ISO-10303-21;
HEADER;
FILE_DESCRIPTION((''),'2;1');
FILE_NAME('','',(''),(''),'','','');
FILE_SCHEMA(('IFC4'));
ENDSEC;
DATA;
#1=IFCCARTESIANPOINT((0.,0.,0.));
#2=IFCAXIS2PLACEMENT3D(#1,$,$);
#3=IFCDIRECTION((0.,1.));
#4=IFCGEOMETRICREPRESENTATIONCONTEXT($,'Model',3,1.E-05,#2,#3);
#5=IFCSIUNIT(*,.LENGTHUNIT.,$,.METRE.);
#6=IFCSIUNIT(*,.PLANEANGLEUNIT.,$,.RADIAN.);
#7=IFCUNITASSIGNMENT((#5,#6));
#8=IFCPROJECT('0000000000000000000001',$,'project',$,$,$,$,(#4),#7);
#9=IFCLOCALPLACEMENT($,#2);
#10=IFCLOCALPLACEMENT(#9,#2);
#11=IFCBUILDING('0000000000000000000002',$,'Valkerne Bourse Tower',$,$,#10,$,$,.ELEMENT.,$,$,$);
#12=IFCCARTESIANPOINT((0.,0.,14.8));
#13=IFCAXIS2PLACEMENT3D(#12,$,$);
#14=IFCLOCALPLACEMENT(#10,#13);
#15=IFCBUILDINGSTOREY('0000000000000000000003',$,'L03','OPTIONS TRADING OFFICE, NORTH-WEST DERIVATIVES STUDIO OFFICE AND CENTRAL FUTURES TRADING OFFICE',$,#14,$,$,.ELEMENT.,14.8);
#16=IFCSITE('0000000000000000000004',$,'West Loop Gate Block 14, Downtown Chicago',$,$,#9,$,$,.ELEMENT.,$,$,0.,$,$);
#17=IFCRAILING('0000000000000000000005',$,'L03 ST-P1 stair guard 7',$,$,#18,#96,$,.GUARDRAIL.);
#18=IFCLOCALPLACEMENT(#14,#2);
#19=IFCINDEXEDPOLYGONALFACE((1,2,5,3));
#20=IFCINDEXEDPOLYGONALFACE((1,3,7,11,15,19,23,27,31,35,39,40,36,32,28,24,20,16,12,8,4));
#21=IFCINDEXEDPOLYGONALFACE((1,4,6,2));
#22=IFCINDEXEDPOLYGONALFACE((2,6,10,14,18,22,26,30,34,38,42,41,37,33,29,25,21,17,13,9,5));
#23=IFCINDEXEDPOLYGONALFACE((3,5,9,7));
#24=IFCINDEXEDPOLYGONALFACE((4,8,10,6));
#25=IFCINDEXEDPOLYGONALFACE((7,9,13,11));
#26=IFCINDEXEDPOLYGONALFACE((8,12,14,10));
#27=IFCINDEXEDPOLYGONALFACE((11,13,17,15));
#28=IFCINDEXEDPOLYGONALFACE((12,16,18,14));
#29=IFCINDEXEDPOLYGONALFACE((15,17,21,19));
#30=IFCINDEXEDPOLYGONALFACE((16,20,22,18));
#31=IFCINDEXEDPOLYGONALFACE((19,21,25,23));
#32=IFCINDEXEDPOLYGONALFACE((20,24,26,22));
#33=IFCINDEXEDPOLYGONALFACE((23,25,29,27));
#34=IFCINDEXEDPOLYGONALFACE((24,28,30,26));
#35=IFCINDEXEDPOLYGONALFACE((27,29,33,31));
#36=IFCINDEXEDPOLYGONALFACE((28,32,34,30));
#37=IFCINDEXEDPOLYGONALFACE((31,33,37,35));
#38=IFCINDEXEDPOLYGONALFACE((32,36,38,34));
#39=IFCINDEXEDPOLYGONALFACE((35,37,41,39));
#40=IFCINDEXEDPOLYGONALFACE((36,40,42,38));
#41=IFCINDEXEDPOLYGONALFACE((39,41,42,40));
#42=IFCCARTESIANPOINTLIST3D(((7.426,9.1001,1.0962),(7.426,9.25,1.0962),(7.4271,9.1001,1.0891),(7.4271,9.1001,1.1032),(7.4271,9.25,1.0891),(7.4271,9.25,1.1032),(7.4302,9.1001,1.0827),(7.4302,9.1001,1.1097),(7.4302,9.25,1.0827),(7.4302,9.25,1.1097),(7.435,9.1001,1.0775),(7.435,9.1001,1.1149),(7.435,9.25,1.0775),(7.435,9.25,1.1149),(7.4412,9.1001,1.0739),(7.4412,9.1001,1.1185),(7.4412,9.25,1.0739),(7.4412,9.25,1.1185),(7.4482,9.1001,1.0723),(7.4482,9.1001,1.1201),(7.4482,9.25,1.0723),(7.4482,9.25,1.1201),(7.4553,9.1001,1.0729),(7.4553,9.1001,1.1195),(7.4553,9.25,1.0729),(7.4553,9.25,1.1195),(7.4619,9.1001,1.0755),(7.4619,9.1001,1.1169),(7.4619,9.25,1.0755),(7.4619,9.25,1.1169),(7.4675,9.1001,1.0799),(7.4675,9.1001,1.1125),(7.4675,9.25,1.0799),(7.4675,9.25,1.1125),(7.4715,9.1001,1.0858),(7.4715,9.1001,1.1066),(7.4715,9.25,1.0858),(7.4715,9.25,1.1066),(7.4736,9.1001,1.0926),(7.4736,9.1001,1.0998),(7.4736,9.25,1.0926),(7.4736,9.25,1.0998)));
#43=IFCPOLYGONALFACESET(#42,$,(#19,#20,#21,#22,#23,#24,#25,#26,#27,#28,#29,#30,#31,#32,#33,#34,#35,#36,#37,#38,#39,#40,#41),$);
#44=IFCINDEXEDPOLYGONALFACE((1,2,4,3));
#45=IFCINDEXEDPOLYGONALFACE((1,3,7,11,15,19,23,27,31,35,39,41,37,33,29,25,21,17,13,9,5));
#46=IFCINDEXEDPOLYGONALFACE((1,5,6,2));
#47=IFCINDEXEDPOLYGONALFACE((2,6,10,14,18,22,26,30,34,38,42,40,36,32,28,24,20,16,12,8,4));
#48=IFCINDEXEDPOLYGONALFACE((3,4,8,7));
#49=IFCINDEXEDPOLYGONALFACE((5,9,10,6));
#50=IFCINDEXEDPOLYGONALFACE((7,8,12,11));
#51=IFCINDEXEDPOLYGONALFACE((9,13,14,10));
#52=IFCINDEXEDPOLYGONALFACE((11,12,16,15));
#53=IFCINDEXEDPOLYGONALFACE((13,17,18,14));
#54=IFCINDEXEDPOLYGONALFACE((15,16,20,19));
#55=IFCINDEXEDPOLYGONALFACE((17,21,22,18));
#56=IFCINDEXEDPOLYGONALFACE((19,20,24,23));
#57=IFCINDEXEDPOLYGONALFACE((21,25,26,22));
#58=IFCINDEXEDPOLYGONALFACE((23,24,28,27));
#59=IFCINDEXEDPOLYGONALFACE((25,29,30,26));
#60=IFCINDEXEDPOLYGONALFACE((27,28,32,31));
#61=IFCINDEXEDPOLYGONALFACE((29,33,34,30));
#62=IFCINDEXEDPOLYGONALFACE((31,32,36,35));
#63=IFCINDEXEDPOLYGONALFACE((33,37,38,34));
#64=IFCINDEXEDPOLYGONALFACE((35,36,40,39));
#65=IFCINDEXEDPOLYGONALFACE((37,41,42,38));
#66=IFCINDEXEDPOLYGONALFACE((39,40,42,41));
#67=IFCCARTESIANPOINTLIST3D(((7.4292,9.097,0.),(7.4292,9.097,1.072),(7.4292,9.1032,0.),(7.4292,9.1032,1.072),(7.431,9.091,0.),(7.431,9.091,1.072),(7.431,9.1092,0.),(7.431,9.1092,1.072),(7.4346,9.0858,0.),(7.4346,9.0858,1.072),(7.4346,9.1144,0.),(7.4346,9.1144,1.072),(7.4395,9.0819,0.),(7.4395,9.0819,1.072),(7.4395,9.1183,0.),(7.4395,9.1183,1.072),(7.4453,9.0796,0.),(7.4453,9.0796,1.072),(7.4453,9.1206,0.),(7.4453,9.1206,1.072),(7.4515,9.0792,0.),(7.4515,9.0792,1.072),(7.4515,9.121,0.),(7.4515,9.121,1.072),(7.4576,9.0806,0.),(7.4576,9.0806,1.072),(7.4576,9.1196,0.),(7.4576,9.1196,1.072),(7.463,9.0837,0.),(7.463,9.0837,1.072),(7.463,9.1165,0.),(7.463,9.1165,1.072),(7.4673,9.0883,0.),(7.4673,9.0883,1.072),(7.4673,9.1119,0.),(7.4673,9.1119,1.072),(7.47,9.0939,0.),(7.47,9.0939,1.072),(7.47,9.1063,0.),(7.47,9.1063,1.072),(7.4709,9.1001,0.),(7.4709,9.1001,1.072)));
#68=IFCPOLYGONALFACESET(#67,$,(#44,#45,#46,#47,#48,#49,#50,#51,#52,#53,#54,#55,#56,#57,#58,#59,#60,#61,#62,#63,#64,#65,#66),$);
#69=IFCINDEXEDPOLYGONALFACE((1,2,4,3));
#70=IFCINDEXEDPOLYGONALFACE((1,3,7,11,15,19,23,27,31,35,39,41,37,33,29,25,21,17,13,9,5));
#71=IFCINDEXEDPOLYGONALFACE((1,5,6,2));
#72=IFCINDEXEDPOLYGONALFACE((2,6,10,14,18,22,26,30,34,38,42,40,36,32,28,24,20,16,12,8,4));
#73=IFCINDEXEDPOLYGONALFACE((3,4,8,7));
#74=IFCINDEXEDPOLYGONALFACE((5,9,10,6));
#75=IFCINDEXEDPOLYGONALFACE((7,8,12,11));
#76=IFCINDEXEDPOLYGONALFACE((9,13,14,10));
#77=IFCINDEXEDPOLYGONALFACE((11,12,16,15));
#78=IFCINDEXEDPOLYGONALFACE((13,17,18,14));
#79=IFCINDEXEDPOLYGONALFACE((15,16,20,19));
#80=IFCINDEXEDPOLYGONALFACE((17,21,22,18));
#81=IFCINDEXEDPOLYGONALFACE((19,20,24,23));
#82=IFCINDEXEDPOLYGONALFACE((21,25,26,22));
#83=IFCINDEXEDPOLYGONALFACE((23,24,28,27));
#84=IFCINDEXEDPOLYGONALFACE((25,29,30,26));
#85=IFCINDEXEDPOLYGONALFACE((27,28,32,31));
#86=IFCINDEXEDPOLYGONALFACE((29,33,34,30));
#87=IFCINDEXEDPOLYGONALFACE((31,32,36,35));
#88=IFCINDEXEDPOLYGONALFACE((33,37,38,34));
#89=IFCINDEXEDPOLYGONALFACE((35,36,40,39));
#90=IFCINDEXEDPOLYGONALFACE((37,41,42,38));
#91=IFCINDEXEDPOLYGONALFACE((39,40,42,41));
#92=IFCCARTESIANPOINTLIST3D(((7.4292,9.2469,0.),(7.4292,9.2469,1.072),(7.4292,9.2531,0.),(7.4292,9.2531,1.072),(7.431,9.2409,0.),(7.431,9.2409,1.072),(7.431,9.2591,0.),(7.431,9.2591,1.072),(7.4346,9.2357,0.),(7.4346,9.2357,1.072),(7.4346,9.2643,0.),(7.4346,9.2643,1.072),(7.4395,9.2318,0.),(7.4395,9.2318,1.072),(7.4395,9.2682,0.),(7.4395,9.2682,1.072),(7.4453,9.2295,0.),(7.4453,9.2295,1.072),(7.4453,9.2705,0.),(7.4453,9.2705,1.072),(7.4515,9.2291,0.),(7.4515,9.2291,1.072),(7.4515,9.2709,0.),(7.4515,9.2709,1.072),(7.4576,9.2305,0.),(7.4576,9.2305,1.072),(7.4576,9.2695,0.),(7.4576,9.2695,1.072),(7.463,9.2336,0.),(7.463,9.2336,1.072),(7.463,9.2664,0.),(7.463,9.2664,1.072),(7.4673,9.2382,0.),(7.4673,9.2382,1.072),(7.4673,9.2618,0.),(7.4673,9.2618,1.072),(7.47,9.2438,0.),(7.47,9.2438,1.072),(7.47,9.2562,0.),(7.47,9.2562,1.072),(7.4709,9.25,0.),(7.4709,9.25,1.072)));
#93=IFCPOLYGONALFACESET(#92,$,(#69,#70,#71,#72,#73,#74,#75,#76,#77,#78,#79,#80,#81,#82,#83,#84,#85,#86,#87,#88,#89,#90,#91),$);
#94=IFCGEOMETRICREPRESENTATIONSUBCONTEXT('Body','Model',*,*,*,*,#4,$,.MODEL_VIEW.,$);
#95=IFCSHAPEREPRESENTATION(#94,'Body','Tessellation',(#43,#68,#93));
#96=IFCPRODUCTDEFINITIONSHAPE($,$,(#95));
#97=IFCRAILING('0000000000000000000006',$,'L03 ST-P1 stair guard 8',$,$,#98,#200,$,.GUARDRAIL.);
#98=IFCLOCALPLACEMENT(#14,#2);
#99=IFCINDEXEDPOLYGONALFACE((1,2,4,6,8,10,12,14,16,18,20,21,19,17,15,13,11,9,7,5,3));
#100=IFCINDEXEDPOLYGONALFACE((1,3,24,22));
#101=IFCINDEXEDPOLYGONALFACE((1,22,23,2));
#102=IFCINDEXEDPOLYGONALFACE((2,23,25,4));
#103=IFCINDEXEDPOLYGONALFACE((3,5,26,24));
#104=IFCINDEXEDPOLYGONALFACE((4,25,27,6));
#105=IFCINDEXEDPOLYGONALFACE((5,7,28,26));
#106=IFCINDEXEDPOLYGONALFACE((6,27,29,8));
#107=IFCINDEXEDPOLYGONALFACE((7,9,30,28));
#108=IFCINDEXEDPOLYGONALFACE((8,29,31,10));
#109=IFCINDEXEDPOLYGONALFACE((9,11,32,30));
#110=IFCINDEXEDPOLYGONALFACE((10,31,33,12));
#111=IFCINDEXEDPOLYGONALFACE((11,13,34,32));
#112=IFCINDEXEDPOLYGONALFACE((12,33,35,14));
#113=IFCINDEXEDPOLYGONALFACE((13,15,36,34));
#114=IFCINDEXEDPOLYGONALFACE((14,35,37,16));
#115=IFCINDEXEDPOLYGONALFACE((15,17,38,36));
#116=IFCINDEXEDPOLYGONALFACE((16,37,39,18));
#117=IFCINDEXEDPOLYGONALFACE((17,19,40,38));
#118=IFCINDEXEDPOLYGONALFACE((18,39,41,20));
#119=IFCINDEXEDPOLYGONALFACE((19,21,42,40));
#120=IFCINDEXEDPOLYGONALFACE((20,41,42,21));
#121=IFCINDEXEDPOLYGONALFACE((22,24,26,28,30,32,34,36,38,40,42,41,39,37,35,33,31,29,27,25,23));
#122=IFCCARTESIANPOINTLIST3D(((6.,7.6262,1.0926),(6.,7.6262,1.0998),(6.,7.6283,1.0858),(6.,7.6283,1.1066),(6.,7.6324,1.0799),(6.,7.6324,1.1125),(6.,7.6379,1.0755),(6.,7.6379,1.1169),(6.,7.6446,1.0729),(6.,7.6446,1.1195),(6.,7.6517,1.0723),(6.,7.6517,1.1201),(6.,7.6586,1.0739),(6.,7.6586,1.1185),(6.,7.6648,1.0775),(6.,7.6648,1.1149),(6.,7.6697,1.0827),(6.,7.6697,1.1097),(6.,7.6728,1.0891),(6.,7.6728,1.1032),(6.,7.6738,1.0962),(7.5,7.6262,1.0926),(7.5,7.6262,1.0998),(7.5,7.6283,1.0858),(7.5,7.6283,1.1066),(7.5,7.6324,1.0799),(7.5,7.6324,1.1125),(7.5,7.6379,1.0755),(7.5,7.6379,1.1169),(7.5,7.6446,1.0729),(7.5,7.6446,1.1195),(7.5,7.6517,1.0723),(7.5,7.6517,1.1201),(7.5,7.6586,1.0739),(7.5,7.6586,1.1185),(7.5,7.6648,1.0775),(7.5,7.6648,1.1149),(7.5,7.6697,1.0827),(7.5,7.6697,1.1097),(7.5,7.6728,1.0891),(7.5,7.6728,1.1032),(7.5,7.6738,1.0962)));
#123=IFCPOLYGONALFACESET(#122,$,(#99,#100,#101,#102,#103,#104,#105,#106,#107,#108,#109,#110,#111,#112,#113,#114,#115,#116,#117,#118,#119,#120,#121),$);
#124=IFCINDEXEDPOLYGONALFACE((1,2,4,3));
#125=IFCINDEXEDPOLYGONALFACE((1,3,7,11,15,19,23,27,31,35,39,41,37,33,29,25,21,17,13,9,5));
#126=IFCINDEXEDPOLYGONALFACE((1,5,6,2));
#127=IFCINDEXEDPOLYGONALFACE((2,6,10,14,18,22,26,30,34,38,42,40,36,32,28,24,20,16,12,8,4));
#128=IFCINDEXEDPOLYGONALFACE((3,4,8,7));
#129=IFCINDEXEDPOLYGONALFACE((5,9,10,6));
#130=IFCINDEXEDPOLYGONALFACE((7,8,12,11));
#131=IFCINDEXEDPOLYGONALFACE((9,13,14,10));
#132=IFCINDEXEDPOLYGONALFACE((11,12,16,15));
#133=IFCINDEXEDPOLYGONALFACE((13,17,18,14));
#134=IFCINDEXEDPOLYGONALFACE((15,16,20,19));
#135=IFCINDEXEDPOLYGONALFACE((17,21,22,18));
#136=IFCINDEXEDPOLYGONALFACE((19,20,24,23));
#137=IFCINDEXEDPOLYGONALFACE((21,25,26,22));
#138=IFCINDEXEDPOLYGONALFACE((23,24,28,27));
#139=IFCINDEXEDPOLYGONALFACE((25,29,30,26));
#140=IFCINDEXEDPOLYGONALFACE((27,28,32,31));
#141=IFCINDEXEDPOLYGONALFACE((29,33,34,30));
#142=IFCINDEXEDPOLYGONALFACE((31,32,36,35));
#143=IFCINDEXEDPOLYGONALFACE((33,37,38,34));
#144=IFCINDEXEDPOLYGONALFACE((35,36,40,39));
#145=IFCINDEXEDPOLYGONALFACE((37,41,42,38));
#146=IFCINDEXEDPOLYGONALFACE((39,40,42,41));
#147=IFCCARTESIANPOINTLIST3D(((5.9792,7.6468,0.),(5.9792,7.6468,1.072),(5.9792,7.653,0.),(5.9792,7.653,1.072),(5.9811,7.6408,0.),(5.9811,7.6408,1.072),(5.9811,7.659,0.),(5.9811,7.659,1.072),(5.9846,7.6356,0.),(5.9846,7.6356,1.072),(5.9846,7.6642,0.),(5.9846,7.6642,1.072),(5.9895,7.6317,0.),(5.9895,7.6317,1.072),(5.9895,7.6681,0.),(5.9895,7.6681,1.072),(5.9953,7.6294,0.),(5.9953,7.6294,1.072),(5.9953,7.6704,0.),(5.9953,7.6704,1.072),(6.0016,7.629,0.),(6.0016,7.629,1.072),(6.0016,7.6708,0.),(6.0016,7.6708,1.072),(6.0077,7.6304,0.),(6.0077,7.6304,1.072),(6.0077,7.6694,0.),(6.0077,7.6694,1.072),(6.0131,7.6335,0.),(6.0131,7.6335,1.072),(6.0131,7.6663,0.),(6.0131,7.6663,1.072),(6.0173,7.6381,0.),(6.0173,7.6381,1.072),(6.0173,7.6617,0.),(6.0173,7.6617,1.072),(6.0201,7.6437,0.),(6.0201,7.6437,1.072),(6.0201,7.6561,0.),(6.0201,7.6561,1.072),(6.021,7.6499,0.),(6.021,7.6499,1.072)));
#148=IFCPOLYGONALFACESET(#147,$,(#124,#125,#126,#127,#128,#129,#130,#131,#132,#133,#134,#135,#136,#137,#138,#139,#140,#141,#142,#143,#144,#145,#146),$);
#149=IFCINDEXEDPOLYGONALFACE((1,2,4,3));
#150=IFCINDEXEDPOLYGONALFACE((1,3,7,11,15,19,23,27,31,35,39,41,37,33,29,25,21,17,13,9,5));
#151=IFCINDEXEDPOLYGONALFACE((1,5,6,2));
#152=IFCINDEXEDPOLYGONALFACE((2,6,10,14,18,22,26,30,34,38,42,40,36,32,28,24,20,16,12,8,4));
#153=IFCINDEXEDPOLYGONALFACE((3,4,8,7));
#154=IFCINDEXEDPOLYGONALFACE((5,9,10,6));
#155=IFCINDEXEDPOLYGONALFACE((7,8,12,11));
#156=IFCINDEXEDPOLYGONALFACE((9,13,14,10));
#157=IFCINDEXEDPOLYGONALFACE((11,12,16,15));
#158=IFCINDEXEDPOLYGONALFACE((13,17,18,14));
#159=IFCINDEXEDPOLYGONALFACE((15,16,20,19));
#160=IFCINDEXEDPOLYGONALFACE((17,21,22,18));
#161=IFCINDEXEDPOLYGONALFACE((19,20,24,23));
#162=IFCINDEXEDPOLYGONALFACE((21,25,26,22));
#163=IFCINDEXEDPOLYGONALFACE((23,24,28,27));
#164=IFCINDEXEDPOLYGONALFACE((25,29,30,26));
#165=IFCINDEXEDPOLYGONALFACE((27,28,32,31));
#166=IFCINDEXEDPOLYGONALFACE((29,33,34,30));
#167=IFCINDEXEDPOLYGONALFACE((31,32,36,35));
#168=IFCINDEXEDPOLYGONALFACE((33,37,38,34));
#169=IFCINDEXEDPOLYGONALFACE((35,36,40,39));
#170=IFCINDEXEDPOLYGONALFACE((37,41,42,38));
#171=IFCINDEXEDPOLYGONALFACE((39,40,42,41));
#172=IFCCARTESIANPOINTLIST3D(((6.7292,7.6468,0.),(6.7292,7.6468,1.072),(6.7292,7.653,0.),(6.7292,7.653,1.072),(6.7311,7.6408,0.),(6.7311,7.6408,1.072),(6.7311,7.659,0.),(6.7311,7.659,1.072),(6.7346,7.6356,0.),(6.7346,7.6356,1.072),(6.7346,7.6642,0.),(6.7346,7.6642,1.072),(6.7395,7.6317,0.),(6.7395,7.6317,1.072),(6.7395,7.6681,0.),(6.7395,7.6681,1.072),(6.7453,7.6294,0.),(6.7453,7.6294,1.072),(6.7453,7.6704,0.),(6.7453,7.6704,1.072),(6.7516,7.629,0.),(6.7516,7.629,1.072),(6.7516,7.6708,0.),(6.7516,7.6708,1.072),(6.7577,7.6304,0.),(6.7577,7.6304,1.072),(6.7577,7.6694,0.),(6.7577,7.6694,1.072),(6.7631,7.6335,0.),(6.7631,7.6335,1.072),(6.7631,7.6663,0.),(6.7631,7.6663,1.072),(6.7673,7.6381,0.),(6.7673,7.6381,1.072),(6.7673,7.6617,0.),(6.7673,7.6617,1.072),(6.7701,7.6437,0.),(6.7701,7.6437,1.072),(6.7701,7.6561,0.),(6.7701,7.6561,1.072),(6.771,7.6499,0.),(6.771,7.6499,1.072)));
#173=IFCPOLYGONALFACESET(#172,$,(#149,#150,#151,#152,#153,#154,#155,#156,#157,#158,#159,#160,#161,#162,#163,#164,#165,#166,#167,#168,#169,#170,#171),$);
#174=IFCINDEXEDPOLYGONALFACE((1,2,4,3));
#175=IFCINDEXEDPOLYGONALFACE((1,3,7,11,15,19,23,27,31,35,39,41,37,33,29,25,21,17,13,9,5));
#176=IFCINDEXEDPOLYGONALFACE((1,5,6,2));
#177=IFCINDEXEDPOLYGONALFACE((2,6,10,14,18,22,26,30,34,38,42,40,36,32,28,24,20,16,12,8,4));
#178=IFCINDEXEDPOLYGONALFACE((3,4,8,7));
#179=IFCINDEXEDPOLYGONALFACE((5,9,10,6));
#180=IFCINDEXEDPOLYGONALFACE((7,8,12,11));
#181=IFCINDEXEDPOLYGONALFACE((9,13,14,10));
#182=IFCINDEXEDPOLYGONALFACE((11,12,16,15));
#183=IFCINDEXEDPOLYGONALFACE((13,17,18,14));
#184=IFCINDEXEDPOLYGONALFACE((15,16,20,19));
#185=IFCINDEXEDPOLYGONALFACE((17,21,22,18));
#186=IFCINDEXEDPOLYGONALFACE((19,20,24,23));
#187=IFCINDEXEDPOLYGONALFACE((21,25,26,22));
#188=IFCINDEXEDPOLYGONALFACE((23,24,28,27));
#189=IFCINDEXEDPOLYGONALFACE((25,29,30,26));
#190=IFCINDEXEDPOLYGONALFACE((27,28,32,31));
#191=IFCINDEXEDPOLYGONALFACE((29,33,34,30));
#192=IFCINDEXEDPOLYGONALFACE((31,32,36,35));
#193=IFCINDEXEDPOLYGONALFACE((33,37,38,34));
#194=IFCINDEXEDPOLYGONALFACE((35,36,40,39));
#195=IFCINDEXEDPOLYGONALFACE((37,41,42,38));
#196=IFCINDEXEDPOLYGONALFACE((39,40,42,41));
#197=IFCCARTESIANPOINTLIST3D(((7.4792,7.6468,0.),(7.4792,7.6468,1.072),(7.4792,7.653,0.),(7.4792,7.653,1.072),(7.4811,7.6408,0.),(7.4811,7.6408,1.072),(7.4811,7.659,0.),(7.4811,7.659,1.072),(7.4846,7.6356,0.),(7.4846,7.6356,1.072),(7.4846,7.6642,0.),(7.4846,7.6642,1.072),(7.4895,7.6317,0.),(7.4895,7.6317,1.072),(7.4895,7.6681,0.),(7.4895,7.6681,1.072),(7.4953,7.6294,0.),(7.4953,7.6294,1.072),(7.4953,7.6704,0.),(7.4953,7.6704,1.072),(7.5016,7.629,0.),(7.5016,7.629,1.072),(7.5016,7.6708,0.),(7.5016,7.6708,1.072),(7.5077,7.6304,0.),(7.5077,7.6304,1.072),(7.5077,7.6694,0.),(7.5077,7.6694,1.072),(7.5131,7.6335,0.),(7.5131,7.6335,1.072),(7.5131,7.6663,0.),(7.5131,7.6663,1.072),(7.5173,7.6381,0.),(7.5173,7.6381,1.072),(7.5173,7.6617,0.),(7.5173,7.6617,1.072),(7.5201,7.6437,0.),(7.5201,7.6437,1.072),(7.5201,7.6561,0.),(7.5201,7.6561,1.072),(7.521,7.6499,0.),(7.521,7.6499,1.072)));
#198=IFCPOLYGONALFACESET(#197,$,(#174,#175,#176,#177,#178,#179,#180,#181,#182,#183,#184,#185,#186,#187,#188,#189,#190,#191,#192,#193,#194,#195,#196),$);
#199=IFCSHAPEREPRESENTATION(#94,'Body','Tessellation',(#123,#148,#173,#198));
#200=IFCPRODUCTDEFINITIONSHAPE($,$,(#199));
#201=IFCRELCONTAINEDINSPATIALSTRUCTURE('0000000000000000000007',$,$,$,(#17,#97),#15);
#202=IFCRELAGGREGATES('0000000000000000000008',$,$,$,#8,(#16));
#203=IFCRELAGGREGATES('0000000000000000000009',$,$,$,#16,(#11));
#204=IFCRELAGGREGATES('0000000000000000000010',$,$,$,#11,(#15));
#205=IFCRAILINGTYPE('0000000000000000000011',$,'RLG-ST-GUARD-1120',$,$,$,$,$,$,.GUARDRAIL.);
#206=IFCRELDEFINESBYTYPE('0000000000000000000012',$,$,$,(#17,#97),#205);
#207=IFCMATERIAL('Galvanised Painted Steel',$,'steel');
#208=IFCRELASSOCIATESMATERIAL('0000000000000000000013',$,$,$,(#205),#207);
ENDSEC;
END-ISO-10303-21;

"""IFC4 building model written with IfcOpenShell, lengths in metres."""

from ifc_helpers import new_model, si_unit, direction, frame, origin, origin_2d, place, context, subcontext, project, spatial, circle, extrude, material, type_object, element, save


model = new_model("IFC4")

# Units and contexts
model_context = context("Model", 3, precision=1e-05, world=origin(), true_north=direction((0.0, 1.0)))
body_context = subcontext(model_context, "Body", "Model", "MODEL_VIEW")
ifc_project = project(units=[si_unit("LENGTHUNIT", "METRE"), si_unit("PLANEANGLEUNIT", "RADIAN")], contexts=[model_context])

# Site, building, storey
site_placement = place(None, origin())
site = spatial("IfcSite", under=ifc_project, at=site_placement, Name="West Loop Gate Block 14, Downtown Chicago", CompositionType="ELEMENT", RefElevation=0.0)
building_placement = place(site_placement, origin())
building = spatial("IfcBuilding", under=site, at=building_placement, Name="Valkerne Bourse Tower", CompositionType="ELEMENT")
storey_placement = place(building_placement, frame((0.0, 0.0, 14.8)))
storey = spatial("IfcBuildingStorey", under=building, at=storey_placement, Name="L03", Description="OPTIONS TRADING OFFICE, NORTH-WEST DERIVATIVES STUDIO OFFICE AND CENTRAL FUTURES TRADING OFFICE", CompositionType="ELEMENT", Elevation=14.8)

# Railings
ifc_material_1 = material(Name="Galvanised Painted Steel", Category="steel")
railing_type_1 = type_object("IfcRailingType", Name="RLG-ST-GUARD-1120", PredefinedType="GUARDRAIL", material=ifc_material_1)
railing_1_placement = place(storey_placement, frame((7.45, 9.1001, 0.0)))
element("IfcRailing", 1, at=railing_1_placement, inside=storey, type_object=railing_type_1, Name="L03 ST-P1 stair guard 7", PredefinedType="GUARDRAIL", context=body_context, shape_type="SweptSolid", body=[
    extrude(circle(Radius=0.0239, at=origin_2d()), frame((0.0, 0.0, 1.0962), z_axis=(0.0, 1.0, 0.0), x_axis=(-1.0, 0.0, 0.0)), (0.0, 0.0, 1.0), 0.1499),
    extrude(circle(Radius=0.021, at=origin_2d()), origin(), (0.0, 0.0, 1.0), 1.072),
    extrude(circle(Radius=0.021, at=origin_2d()), frame((0.0, 0.1499, 0.0)), (0.0, 0.0, 1.0), 1.072),
])
railing_2_placement = place(storey_placement, frame((6.0, 7.6499, 0.0)))
element("IfcRailing", 2, at=railing_2_placement, inside=storey, type_object=railing_type_1, Name="L03 ST-P1 stair guard 8", PredefinedType="GUARDRAIL", context=body_context, shape_type="SweptSolid", body=[
    extrude(circle(Radius=0.0239, at=origin_2d()), frame((0.0, 0.0, 1.0962), z_axis=(1.0, 0.0, 0.0), x_axis=(0.0, 1.0, 0.0)), (0.0, 0.0, 1.0), 1.5),
    extrude(circle(Radius=0.021, at=origin_2d()), origin(), (0.0, 0.0, 1.0), 1.072),
    extrude(circle(Radius=0.021, at=origin_2d()), frame((0.75, 0.0, 0.0)), (0.0, 0.0, 1.0), 1.072),
    extrude(circle(Radius=0.021, at=origin_2d()), frame((1.5, 0.0, 0.0)), (0.0, 0.0, 1.0), 1.072),
])

save(model, "model.ifc")
